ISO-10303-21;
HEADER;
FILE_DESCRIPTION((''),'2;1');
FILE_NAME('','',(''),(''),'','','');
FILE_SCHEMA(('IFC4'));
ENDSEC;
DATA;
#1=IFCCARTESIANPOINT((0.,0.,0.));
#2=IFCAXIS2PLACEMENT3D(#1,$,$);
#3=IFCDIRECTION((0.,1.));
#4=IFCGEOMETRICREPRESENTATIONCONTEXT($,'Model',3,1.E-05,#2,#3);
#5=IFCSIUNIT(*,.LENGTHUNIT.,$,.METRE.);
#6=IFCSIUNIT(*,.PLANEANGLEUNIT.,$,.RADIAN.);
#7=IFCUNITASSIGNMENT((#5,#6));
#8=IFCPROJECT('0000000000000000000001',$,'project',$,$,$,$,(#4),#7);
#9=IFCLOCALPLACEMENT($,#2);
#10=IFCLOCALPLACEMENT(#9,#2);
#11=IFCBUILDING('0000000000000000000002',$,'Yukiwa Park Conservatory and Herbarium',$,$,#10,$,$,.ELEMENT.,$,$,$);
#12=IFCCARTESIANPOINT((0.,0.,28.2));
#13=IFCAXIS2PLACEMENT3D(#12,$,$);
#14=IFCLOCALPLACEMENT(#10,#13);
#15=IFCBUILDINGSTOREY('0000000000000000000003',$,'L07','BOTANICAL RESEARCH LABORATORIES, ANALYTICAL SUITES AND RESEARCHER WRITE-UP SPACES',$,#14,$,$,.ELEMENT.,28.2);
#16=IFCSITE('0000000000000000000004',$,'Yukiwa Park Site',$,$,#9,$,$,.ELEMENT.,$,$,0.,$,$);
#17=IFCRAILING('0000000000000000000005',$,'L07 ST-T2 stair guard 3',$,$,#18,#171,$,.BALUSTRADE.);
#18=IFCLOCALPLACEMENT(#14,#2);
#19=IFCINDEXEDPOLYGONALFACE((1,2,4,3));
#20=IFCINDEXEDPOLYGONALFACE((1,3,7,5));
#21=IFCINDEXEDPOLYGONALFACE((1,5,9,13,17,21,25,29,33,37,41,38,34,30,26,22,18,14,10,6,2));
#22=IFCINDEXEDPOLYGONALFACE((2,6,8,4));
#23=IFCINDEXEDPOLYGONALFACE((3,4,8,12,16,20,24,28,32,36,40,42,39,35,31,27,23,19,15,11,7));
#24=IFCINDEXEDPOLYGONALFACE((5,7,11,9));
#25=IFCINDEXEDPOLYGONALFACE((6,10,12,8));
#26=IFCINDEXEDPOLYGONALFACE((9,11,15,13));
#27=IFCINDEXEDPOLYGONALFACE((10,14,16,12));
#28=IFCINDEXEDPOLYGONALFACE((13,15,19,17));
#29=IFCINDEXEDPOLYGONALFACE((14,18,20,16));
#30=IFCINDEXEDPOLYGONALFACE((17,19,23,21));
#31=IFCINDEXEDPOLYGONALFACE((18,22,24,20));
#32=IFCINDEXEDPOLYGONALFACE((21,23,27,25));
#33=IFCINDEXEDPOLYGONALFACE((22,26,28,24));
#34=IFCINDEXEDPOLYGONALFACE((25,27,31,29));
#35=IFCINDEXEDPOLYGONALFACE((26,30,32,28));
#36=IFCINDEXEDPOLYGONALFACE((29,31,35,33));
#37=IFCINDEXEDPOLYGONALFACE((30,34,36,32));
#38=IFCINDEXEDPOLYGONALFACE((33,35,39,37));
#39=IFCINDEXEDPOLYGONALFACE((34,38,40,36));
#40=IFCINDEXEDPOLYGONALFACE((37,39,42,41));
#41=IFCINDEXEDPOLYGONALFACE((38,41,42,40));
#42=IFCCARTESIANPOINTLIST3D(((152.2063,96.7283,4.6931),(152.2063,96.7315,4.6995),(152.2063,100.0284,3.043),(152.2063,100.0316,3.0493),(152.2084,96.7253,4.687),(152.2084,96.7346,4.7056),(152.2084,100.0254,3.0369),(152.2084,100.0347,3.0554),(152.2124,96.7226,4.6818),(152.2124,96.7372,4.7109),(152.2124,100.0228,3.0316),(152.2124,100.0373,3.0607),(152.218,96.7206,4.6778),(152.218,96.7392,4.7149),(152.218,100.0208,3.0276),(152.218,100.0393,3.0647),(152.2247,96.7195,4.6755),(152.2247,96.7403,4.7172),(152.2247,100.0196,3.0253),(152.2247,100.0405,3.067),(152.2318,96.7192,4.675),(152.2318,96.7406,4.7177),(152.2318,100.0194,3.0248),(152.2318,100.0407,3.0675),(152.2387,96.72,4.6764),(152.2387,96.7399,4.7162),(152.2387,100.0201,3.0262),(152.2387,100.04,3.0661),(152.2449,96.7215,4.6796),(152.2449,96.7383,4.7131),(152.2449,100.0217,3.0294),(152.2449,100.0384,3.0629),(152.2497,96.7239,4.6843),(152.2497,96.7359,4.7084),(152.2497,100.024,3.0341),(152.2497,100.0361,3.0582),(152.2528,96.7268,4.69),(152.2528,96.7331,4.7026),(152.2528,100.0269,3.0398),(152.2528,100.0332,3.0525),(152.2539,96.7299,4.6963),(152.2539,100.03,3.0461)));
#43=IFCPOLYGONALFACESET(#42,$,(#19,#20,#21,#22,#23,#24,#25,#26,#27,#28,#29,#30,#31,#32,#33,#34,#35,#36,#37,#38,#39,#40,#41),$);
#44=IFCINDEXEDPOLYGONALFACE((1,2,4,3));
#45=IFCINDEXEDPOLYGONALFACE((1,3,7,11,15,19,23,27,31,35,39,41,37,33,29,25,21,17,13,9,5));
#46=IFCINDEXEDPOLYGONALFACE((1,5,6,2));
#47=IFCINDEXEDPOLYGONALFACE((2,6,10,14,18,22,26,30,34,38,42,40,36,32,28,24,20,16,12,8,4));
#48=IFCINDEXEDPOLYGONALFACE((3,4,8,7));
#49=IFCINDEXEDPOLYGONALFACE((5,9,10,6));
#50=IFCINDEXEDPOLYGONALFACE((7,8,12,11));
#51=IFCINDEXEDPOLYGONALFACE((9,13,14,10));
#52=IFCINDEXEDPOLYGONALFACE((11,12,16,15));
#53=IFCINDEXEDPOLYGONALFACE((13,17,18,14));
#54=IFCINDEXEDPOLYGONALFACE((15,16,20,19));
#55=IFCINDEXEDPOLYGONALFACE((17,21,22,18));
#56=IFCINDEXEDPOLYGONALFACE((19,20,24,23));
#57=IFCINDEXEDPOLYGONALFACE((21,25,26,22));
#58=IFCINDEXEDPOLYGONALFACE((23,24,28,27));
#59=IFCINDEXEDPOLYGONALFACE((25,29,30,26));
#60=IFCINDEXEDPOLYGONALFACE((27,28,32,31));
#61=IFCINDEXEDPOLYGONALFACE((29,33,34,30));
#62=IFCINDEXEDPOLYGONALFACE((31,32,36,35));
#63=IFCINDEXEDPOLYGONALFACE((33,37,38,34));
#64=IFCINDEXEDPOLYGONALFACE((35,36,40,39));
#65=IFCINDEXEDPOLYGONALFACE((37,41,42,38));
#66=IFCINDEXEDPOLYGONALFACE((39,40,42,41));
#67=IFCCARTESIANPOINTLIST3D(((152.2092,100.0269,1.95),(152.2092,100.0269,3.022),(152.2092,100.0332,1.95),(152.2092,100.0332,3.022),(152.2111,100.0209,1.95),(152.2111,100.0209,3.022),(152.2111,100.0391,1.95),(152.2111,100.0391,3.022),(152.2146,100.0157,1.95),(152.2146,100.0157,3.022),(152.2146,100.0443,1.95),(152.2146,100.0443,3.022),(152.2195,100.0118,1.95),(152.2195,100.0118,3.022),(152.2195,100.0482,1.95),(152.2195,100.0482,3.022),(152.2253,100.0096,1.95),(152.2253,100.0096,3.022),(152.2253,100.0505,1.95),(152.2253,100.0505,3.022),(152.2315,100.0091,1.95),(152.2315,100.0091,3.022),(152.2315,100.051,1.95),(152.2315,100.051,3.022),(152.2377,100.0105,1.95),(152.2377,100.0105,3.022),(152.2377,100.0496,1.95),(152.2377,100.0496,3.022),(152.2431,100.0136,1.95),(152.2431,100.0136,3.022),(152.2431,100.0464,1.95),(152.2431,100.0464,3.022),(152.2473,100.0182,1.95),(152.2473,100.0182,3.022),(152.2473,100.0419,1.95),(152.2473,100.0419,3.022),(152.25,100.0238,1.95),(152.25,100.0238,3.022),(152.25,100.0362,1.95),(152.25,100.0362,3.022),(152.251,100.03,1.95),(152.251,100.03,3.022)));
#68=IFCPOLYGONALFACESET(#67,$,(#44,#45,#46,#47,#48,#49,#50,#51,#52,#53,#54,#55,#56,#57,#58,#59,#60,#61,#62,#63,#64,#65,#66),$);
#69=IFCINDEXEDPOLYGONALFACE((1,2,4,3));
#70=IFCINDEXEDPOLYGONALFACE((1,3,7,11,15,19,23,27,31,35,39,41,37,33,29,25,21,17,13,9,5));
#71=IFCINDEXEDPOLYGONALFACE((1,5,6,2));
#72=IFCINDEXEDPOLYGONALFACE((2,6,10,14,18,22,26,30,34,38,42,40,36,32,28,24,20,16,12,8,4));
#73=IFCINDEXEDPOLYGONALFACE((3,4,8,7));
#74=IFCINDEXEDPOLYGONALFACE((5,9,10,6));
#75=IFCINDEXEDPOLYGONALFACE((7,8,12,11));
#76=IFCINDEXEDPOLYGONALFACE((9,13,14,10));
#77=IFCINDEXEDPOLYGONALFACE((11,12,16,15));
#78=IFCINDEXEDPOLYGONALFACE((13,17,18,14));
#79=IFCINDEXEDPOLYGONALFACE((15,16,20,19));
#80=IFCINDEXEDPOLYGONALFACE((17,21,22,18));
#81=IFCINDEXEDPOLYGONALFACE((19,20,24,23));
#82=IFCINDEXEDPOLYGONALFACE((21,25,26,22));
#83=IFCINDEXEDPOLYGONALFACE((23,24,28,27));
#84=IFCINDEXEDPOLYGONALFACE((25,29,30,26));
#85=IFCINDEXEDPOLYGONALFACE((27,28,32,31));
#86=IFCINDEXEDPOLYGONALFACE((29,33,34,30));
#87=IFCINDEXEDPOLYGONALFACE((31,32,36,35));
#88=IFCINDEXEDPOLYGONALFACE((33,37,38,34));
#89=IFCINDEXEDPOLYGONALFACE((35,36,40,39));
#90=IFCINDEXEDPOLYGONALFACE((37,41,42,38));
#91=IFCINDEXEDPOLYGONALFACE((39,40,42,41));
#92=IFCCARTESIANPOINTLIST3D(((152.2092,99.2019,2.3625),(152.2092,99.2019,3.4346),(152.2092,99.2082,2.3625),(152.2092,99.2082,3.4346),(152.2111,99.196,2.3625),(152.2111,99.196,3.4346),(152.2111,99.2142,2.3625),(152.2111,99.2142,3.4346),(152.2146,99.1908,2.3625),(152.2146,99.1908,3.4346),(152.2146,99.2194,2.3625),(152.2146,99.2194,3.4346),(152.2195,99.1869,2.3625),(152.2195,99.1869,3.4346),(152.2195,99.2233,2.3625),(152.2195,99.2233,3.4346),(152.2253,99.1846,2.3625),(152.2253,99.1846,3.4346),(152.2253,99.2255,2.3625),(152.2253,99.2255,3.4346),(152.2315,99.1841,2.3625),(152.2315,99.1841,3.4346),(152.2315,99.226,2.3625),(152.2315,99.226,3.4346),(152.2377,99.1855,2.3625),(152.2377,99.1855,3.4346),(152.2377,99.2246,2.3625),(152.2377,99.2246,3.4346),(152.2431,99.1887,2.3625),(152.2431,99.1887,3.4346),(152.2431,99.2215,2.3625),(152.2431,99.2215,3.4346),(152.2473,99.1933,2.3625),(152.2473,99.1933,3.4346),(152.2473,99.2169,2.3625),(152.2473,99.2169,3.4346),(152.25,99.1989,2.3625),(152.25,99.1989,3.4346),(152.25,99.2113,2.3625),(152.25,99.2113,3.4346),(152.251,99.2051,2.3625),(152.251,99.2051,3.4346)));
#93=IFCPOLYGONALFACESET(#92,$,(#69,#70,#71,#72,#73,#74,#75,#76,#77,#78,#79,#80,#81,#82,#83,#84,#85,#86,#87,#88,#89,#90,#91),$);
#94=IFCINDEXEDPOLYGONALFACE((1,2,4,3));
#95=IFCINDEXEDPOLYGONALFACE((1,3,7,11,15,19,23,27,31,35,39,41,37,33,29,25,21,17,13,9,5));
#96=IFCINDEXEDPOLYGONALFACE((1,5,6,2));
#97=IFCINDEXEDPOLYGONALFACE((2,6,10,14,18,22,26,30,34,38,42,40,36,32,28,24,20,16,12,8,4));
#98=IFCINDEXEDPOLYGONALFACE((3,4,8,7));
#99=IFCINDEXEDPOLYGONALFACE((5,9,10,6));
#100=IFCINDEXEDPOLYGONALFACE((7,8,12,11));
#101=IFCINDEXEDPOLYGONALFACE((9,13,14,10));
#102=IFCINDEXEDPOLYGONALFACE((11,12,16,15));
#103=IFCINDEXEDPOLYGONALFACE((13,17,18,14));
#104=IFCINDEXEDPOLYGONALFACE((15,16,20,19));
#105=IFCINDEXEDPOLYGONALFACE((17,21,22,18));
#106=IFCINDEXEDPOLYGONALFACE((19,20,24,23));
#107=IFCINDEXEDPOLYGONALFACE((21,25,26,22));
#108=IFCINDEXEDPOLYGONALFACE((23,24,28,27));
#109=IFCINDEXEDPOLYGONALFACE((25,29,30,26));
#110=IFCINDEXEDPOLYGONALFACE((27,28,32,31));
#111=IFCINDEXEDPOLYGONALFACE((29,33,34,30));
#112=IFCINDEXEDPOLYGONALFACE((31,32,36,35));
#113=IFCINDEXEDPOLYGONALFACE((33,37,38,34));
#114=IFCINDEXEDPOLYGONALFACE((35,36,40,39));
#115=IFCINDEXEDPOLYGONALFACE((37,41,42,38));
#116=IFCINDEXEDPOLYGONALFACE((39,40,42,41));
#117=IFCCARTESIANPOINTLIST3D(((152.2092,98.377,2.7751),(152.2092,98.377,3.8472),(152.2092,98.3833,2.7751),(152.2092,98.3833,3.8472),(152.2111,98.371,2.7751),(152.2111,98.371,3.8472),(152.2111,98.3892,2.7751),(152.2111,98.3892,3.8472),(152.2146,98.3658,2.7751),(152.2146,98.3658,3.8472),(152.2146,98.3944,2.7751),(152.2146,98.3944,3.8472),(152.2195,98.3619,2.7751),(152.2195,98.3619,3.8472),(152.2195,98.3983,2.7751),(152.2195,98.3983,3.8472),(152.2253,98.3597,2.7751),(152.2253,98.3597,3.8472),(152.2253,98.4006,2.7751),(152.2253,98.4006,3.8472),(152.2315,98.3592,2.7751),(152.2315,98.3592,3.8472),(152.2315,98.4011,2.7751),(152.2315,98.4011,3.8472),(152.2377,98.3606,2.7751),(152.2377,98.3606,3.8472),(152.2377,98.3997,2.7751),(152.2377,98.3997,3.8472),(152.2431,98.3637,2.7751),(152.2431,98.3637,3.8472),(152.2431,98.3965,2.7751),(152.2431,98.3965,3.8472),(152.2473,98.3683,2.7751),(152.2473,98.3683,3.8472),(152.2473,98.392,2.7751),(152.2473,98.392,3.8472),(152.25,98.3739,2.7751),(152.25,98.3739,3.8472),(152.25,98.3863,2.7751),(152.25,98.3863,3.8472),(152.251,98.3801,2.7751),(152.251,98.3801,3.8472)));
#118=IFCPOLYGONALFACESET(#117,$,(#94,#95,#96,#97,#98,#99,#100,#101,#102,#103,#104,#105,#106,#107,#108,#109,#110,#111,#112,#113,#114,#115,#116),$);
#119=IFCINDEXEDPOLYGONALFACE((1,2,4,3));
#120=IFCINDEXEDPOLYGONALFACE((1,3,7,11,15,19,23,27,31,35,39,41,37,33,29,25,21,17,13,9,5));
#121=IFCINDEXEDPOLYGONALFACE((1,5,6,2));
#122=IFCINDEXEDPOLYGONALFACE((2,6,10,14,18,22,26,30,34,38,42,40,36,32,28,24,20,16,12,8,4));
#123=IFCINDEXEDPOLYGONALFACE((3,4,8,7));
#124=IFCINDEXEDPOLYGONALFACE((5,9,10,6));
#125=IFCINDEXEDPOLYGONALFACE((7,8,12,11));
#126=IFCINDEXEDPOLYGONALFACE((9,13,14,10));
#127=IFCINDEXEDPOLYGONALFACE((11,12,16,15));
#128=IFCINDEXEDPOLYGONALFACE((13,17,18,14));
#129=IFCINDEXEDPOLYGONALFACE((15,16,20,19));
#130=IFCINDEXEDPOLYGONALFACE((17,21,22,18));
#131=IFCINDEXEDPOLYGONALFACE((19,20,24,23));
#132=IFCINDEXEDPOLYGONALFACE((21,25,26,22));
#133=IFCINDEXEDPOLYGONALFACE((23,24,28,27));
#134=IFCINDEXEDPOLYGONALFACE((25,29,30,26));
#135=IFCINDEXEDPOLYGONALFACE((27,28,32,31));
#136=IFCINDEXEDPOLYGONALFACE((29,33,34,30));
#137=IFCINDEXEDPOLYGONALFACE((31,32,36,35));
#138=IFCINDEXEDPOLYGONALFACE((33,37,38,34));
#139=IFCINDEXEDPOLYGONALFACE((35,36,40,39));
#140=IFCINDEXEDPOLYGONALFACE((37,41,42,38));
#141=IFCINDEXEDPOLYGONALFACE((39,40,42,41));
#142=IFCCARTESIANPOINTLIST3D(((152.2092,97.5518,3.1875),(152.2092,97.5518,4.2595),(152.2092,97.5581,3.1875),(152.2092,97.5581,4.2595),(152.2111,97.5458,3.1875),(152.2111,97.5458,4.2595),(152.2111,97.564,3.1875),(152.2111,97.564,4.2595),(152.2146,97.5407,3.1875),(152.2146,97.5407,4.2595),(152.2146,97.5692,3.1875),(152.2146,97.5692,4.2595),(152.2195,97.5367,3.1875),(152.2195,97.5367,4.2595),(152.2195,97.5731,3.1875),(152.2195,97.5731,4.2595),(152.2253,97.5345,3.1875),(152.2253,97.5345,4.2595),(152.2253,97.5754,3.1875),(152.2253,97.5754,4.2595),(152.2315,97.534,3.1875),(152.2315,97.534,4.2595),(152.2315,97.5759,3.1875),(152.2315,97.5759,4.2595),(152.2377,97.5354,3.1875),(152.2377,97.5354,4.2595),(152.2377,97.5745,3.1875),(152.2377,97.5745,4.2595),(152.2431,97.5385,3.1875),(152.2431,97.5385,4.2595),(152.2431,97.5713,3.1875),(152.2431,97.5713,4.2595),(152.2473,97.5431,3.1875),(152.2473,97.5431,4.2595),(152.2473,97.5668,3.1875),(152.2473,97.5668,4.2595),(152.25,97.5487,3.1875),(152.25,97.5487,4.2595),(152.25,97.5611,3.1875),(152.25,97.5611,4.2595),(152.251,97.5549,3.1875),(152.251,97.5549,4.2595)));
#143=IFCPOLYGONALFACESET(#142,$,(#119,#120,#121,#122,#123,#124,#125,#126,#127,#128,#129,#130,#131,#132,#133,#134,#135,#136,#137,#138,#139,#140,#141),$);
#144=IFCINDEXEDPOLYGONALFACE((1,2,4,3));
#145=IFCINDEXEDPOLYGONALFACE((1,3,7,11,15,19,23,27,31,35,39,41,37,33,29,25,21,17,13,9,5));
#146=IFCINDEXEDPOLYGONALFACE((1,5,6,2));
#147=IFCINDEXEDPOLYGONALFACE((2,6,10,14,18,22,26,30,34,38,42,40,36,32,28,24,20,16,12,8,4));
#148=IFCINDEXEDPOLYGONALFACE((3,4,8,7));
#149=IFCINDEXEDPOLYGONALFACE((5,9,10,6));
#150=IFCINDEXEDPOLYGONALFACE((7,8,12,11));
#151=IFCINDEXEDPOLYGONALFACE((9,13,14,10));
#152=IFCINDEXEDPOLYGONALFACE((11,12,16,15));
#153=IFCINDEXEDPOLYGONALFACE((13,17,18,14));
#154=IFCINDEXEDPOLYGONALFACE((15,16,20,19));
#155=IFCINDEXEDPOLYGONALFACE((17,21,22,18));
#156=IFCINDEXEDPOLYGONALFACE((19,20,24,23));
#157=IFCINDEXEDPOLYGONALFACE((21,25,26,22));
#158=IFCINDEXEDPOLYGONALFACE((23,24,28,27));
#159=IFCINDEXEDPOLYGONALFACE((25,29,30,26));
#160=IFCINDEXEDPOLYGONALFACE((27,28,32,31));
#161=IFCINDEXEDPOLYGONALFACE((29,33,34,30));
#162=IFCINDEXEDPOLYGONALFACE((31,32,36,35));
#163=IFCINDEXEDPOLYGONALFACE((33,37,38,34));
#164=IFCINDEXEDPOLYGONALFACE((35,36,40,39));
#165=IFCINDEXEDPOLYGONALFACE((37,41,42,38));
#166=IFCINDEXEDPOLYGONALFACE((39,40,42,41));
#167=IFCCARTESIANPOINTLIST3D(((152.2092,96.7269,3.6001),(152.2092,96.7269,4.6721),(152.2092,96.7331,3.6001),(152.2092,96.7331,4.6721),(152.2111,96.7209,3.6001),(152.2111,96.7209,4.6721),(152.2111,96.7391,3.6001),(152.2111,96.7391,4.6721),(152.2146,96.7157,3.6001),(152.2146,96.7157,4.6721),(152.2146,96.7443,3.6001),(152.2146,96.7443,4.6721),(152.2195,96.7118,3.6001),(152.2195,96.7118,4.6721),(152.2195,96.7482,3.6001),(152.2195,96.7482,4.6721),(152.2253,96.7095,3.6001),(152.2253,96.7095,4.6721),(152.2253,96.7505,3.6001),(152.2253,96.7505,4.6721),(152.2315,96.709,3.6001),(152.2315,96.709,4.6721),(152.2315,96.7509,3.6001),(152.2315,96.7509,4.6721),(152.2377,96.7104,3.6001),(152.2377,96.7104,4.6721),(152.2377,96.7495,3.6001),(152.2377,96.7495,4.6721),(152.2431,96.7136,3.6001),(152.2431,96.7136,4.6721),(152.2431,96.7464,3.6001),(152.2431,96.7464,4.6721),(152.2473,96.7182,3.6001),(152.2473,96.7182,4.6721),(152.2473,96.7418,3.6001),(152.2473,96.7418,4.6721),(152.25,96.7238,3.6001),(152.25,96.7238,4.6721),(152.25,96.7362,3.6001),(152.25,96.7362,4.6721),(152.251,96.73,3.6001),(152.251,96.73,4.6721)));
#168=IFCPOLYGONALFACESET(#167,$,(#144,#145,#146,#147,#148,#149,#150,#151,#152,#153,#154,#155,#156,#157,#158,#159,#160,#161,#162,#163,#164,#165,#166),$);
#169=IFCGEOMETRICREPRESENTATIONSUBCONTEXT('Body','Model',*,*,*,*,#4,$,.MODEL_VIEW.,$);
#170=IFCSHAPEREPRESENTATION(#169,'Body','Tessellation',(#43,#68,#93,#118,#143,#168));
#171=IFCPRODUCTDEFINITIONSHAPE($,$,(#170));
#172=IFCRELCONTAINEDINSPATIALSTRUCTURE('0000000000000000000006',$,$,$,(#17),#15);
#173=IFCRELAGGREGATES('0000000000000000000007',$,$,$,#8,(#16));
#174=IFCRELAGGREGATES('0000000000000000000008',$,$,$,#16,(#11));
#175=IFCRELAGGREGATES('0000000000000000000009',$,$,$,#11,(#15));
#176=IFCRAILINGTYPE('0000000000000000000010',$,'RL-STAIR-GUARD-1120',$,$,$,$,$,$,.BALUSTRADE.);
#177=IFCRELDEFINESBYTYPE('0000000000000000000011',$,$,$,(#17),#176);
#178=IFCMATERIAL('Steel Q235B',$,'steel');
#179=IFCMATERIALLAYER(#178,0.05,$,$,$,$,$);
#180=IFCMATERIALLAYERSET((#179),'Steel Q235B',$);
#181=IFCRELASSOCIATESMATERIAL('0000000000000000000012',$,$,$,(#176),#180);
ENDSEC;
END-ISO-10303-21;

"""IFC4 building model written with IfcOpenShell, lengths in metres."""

from ifc_helpers import new_model, si_unit, direction, frame, origin, origin_2d, place, context, subcontext, project, spatial, circle, extrude, material, layer, layer_set, type_object, element, save


model = new_model("IFC4")

# Units and contexts
model_context = context("Model", 3, precision=1e-05, world=origin(), true_north=direction((0.0, 1.0)))
body_context = subcontext(model_context, "Body", "Model", "MODEL_VIEW")
ifc_project = project(units=[si_unit("LENGTHUNIT", "METRE"), si_unit("PLANEANGLEUNIT", "RADIAN")], contexts=[model_context])

# Site, building, storey
site_placement = place(None, origin())
site = spatial("IfcSite", under=ifc_project, at=site_placement, Name="Yukiwa Park Site", CompositionType="ELEMENT", RefElevation=0.0)
building_placement = place(site_placement, origin())
building = spatial("IfcBuilding", under=site, at=building_placement, Name="Yukiwa Park Conservatory and Herbarium", CompositionType="ELEMENT")
storey_placement = place(building_placement, frame((0.0, 0.0, 28.2)))
storey = spatial("IfcBuildingStorey", under=building, at=storey_placement, Name="L07", Description="BOTANICAL RESEARCH LABORATORIES, ANALYTICAL SUITES AND RESEARCHER WRITE-UP SPACES", CompositionType="ELEMENT", Elevation=28.2)

# Railing
ifc_material_1 = material(Name="Steel Q235B", Category="steel")
ifc_layer_1 = layer(ifc_material_1, 0.05)
ifc_layer_set_1 = layer_set([ifc_layer_1], Name="Steel Q235B")
railing_type_1 = type_object("IfcRailingType", Name="RL-STAIR-GUARD-1120", PredefinedType="BALUSTRADE", material=ifc_layer_set_1)
railing_1_placement = place(storey_placement, frame((152.23, 100.03, 1.95)))
element("IfcRailing", 1, at=railing_1_placement, inside=storey, type_object=railing_type_1, Name="L07 ST-T2 stair guard 3", PredefinedType="BALUSTRADE", context=body_context, shape_type="SweptSolid", body=[
    extrude(circle(Radius=0.0239, at=origin_2d()), frame((0.0, 0.0, 1.0962), z_axis=(0.0, -0.894414, 0.44724), x_axis=(1.0, 0.0, 0.0)), (0.0, 0.0, 1.0), 3.6897),
    extrude(circle(Radius=0.021, at=origin_2d()), origin(), (0.0, 0.0, 1.0), 1.072),
    extrude(circle(Radius=0.021, at=origin_2d()), frame((0.0, -0.825, 0.4126)), (0.0, 0.0, 1.0), 1.072),
    extrude(circle(Radius=0.021, at=origin_2d()), frame((0.0, -1.6499, 0.8252)), (0.0, 0.0, 1.0), 1.072),
    extrude(circle(Radius=0.021, at=origin_2d()), frame((0.0, -2.4751, 1.2375)), (0.0, 0.0, 1.0), 1.072),
    extrude(circle(Radius=0.021, at=origin_2d()), frame((0.0, -3.3, 1.6501)), (0.0, 0.0, 1.0), 1.072),
])

save(model, "model.ifc")
